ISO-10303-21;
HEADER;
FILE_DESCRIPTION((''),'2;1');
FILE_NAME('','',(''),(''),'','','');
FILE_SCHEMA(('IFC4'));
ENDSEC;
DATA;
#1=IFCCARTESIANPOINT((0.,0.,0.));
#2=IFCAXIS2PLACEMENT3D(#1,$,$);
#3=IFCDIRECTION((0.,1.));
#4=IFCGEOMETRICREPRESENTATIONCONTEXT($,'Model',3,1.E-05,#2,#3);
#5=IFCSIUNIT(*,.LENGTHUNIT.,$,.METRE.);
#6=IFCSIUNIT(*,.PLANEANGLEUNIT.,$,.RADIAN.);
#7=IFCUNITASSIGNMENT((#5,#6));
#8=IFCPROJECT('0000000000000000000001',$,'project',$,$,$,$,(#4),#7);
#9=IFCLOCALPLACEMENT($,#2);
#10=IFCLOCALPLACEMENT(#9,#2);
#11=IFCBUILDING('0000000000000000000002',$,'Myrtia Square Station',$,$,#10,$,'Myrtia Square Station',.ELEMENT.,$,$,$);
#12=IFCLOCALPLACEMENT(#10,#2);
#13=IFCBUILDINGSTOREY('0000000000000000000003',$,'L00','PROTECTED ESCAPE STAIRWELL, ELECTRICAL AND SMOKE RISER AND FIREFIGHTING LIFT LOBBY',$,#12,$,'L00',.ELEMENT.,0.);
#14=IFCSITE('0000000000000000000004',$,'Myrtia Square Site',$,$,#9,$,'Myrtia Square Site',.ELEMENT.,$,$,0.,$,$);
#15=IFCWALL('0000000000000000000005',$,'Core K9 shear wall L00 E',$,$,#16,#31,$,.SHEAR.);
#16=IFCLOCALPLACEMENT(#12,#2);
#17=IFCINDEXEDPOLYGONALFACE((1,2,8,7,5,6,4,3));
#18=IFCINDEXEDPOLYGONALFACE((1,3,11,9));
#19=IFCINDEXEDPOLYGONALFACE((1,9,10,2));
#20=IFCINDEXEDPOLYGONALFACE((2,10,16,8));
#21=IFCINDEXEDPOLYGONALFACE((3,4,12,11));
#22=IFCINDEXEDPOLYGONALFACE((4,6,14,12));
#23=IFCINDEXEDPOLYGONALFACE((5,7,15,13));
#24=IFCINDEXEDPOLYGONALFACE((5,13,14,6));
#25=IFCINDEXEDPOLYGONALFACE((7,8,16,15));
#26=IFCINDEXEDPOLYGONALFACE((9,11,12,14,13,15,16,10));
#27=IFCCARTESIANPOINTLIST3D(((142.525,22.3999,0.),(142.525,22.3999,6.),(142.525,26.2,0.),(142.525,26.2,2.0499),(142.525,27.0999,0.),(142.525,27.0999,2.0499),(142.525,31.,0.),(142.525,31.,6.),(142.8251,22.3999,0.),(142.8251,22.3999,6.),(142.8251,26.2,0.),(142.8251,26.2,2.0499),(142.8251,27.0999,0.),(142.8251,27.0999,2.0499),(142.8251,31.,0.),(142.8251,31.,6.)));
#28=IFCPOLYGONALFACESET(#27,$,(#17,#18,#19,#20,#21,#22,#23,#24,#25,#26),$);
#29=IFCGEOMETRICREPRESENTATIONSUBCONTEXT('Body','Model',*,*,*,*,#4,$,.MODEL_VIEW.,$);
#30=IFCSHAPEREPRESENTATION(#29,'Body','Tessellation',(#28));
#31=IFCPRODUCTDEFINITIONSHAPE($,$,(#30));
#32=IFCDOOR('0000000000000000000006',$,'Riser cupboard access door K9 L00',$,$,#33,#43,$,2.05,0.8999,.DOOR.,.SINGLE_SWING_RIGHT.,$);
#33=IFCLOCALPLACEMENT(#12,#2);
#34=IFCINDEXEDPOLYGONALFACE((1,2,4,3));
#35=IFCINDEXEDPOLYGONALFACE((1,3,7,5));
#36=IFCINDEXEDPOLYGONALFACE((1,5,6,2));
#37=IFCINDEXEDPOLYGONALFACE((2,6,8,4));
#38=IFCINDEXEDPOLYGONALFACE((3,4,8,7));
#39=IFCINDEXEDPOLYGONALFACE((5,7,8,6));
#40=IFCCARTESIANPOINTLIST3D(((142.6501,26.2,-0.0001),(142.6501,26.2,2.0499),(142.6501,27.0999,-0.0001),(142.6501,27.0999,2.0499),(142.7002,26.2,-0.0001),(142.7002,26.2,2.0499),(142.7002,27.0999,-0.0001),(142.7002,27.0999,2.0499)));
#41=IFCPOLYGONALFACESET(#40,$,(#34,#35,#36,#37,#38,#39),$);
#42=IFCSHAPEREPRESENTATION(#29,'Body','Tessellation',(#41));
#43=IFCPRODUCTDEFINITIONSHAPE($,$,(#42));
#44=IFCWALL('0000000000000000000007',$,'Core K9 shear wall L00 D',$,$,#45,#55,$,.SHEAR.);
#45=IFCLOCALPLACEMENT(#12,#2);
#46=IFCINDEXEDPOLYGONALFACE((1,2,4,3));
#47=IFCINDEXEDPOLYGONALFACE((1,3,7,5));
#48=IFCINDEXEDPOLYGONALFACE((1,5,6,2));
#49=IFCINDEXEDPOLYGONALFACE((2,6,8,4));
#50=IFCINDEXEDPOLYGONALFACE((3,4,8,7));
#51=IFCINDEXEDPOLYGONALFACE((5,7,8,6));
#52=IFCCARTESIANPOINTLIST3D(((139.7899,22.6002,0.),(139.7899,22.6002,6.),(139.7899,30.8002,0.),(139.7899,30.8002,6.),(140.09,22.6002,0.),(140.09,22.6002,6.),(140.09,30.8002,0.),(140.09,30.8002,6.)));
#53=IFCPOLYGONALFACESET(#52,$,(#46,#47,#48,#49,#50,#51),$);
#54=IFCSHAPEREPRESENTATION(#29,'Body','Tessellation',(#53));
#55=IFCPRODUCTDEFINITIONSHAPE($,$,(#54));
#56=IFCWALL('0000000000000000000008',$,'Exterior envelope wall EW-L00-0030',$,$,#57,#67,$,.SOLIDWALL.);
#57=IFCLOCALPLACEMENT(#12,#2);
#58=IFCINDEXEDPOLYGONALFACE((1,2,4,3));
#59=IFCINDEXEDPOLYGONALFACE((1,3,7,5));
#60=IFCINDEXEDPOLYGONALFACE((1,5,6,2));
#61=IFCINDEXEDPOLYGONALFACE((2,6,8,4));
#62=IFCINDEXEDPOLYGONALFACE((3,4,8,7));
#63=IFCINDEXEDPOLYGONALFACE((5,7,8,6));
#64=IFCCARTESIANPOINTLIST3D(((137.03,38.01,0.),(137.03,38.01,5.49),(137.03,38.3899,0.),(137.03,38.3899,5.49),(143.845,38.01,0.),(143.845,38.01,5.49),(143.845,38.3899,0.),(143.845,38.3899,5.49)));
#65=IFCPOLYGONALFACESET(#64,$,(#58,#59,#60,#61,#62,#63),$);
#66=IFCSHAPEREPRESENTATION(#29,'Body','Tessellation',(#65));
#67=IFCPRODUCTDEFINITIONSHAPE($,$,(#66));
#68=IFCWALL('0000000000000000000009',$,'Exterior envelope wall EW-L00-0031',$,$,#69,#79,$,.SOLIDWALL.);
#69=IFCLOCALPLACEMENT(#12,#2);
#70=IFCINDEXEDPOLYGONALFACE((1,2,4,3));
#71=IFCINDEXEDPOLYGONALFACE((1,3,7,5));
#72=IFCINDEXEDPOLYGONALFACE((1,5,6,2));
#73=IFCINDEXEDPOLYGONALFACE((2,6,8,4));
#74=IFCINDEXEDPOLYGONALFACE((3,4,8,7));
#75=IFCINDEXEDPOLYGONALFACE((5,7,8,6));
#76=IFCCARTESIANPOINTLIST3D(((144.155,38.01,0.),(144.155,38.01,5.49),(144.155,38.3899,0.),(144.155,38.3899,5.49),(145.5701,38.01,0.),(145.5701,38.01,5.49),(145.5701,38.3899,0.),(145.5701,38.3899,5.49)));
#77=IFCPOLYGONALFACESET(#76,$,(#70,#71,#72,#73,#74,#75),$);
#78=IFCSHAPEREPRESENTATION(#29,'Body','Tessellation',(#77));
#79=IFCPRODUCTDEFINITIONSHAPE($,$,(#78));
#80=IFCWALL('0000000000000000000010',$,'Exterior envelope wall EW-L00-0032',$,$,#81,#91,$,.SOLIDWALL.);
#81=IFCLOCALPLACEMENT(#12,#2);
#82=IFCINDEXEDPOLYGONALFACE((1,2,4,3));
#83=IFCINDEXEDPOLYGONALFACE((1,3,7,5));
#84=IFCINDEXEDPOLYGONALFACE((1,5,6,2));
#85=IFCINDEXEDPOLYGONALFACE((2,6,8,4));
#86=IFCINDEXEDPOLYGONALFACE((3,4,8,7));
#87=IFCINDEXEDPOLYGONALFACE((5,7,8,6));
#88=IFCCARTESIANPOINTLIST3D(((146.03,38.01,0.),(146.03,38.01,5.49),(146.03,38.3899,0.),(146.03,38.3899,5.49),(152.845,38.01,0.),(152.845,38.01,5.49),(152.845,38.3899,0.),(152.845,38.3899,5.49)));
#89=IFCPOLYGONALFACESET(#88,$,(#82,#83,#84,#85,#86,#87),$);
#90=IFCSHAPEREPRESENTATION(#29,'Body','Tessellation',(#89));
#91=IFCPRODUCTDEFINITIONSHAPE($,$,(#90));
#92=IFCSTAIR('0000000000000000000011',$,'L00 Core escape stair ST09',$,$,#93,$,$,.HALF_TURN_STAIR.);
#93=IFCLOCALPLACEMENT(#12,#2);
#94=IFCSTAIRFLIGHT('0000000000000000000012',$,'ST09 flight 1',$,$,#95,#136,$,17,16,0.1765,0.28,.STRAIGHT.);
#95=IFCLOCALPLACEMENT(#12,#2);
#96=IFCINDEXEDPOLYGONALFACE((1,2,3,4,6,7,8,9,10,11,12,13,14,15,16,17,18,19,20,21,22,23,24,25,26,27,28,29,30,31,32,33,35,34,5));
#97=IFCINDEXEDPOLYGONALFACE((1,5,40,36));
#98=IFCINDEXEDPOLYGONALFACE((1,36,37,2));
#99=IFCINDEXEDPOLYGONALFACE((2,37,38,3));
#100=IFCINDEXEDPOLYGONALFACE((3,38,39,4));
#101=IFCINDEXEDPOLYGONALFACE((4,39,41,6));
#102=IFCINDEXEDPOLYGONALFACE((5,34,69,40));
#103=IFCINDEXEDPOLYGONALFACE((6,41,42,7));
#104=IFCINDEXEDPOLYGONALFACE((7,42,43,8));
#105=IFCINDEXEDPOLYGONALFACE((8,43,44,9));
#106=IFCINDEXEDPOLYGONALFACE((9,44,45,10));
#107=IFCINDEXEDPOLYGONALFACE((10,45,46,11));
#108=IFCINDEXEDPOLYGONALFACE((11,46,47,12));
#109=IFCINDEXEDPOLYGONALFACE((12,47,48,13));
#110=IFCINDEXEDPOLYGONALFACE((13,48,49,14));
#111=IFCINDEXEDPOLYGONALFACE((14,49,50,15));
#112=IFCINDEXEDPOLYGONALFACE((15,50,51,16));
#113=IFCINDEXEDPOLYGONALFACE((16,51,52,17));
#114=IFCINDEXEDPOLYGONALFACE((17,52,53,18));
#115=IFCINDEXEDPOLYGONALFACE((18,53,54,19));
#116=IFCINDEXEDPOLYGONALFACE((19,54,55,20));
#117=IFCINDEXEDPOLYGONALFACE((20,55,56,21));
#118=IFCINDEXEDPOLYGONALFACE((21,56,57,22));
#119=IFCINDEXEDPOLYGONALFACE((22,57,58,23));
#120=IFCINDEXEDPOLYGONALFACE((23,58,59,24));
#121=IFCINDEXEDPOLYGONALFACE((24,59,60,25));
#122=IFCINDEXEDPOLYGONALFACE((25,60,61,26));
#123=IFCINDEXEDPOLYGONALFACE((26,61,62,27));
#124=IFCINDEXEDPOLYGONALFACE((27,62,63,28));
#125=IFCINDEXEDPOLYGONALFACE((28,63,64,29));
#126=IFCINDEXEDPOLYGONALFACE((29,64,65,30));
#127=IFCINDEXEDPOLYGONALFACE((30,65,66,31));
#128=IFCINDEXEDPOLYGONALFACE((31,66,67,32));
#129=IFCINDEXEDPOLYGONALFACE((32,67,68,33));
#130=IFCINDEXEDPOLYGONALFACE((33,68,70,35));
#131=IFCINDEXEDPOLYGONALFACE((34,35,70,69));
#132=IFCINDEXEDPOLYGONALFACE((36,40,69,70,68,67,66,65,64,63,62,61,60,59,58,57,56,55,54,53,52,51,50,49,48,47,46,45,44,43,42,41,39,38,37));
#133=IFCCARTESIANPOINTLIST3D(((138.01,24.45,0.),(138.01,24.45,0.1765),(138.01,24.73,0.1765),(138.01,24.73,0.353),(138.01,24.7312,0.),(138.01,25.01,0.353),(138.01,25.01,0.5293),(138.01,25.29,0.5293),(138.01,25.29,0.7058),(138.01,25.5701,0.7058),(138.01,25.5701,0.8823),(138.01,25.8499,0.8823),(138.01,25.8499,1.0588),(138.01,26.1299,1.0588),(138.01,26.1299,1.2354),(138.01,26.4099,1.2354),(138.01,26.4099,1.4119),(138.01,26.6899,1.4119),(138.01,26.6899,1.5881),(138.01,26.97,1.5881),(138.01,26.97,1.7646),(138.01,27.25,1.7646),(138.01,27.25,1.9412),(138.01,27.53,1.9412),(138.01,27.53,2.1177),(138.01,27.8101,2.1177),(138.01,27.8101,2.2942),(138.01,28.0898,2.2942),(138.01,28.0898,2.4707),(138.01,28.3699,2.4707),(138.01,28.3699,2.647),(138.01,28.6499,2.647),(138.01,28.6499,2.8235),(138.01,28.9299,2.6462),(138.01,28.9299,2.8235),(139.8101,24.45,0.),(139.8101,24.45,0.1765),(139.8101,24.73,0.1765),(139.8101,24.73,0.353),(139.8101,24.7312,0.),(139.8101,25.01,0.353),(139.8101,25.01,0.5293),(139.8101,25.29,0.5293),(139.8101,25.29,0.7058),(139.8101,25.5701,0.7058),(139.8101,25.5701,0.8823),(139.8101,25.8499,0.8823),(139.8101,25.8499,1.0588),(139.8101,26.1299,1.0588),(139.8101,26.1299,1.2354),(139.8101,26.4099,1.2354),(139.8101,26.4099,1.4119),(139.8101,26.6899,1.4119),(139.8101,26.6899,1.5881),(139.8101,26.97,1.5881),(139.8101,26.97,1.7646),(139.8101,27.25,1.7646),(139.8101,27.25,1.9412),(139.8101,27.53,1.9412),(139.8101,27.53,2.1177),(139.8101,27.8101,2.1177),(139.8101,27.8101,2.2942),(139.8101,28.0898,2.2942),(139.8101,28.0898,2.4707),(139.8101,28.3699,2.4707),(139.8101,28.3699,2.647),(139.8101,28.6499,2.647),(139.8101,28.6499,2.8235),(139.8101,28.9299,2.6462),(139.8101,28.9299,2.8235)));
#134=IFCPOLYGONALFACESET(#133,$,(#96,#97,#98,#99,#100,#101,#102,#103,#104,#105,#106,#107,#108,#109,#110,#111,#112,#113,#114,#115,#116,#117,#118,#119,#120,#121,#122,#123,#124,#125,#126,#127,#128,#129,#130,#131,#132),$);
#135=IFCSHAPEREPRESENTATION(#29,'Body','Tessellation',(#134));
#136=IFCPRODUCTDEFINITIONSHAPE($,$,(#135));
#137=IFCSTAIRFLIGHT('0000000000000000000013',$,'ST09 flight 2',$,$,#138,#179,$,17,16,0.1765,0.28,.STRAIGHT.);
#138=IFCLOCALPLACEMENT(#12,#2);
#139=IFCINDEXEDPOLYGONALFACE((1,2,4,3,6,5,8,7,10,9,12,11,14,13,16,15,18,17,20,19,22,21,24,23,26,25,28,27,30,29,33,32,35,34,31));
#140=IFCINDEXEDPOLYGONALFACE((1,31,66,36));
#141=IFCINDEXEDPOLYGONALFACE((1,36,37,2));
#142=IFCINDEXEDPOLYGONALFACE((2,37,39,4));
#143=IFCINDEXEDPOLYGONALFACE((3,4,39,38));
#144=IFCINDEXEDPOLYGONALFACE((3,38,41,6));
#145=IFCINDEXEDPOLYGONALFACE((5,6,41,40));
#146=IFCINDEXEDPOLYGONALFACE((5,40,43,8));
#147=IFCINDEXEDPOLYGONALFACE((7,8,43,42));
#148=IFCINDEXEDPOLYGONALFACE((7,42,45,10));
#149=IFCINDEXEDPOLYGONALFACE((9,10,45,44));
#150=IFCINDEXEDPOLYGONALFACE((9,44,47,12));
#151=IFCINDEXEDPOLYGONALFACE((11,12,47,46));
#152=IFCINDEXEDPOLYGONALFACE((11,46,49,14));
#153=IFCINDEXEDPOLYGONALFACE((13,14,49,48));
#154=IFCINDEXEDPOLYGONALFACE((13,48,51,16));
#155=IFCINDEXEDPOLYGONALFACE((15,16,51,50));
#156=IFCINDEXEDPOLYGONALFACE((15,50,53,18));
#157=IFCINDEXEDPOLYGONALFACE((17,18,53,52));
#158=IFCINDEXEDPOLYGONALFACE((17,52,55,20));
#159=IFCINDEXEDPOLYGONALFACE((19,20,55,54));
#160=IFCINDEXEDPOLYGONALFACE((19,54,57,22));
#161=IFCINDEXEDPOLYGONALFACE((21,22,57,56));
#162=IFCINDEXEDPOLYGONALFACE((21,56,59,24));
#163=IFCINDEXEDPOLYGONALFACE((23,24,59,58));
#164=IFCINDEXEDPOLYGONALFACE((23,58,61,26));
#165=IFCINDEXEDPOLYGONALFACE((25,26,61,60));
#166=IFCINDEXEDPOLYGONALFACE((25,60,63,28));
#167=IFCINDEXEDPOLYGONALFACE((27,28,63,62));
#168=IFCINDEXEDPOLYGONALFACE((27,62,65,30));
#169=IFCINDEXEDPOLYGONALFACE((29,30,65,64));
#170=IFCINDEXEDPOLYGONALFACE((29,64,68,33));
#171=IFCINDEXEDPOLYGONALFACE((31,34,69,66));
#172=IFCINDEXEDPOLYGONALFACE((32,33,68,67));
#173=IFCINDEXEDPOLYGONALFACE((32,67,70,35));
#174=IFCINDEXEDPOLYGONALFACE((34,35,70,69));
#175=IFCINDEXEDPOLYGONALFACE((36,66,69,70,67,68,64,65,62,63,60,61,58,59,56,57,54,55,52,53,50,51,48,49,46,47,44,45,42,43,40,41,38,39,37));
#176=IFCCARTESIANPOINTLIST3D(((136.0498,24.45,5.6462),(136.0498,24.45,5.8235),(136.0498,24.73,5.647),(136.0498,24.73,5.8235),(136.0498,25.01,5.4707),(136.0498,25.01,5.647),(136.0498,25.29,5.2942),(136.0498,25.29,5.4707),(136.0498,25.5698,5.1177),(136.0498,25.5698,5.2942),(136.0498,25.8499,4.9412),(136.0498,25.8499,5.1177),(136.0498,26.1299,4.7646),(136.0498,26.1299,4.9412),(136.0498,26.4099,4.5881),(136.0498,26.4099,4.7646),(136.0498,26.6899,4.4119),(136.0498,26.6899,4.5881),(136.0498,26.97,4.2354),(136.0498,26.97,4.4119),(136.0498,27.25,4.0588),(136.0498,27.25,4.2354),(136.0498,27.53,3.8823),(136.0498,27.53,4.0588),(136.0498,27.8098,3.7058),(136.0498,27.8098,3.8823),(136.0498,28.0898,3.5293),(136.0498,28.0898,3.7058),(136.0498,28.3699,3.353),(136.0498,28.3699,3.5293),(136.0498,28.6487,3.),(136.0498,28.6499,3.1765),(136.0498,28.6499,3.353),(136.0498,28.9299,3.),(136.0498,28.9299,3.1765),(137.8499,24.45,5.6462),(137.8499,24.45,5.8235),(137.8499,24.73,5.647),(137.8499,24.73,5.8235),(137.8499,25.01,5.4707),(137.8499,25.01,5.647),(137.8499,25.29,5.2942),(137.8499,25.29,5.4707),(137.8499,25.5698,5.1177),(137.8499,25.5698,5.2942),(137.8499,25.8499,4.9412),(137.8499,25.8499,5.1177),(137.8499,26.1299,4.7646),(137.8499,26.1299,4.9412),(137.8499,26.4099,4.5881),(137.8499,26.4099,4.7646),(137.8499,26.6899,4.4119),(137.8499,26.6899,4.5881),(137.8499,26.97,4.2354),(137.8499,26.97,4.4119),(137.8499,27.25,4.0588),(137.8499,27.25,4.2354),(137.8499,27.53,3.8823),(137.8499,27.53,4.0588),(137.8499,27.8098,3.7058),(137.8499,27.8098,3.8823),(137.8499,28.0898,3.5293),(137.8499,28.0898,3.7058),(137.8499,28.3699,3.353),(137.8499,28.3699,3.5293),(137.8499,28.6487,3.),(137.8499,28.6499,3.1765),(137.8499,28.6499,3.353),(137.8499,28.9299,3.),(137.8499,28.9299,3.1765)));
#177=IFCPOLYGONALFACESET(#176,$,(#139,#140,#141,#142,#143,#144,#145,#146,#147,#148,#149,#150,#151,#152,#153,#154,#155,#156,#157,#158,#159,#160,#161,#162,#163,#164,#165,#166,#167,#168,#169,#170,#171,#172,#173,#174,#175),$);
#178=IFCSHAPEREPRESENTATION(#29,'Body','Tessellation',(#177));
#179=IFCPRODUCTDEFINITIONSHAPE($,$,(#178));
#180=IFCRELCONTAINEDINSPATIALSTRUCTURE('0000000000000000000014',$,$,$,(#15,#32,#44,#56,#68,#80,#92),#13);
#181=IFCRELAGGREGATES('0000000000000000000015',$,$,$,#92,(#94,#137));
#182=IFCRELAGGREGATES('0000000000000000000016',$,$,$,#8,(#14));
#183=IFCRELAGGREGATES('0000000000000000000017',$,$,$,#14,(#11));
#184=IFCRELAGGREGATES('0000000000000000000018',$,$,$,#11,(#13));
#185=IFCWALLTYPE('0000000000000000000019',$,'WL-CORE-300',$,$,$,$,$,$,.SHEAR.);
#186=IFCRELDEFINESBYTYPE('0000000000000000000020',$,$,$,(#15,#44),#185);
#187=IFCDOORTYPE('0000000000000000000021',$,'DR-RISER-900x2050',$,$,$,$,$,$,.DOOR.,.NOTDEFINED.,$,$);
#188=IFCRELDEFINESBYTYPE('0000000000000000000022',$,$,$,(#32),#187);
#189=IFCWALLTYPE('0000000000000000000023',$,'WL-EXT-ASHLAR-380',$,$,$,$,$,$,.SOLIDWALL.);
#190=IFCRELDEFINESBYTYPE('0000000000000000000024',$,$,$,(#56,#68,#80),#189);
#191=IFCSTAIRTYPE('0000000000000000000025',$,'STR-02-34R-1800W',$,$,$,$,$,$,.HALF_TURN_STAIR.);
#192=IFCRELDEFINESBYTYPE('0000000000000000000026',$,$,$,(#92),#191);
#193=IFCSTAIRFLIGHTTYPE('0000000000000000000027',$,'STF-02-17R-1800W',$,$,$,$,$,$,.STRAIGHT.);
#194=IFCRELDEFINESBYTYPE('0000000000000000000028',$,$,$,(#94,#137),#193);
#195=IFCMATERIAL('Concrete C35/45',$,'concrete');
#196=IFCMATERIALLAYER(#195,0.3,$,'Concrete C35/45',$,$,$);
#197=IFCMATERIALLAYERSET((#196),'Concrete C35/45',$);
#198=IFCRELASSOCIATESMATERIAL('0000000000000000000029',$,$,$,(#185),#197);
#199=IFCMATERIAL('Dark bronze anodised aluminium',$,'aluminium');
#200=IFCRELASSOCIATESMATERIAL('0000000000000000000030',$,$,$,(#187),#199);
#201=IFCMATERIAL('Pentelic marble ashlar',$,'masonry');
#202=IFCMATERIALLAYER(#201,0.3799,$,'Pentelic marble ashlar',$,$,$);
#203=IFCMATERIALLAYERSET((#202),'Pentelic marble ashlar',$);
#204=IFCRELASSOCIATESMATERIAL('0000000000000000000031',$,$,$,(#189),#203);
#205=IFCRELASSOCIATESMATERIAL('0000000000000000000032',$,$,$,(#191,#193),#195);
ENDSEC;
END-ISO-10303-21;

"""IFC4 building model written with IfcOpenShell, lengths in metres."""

from ifc_helpers import new_model, si_unit, direction, frame, frame_2d, origin, place, context, subcontext, project, spatial, polyline, rectangle, outline, extrude, material, layer, layer_set, type_object, element, fill, aggregate, save


model = new_model("IFC4")

# Units and contexts
model_context = context("Model", 3, precision=1e-05, world=origin(), true_north=direction((0.0, 1.0)))
body_context = subcontext(model_context, "Body", "Model", "MODEL_VIEW")
ifc_project = project(units=[si_unit("LENGTHUNIT", "METRE"), si_unit("PLANEANGLEUNIT", "RADIAN")], contexts=[model_context])

# Site, building, storey
site_placement = place(None, origin())
site = spatial("IfcSite", under=ifc_project, at=site_placement, Name="Myrtia Square Site", LongName="Myrtia Square Site", CompositionType="ELEMENT", RefElevation=0.0)
building_placement = place(site_placement, origin())
building = spatial("IfcBuilding", under=site, at=building_placement, Name="Myrtia Square Station", LongName="Myrtia Square Station", CompositionType="ELEMENT")
storey_placement = place(building_placement, origin())
storey = spatial("IfcBuildingStorey", under=building, at=storey_placement, Name="L00", Description="PROTECTED ESCAPE STAIRWELL, ELECTRICAL AND SMOKE RISER AND FIREFIGHTING LIFT LOBBY", LongName="L00", CompositionType="ELEMENT", Elevation=0.0)

# Shared definitions
ifc_material_1 = material(Name="Concrete C35/45", Category="concrete")

# Shared definitions
ifc_layer_1 = layer(ifc_material_1, 0.3, Name="Concrete C35/45")
ifc_layer_set_1 = layer_set([ifc_layer_1], Name="Concrete C35/45")
wall_type_1 = type_object("IfcWallType", Name="WL-CORE-300", PredefinedType="SHEAR", material=ifc_layer_set_1)
ifc_material_2 = material(Name="Dark bronze anodised aluminium", Category="aluminium")

# Wall, opening, door
wall_1_placement = place(storey_placement, frame((142.675, 22.3999, 0.0), z_axis=(0.0, 0.0, 1.0), x_axis=(0.0, 1.0, 0.0)))
wall_1 = element("IfcWall", 1, at=wall_1_placement, inside=storey, type_object=wall_type_1, Name="Core K9 shear wall L00 E", PredefinedType="SHEAR", context=body_context, shape_type="SweptSolid", body=[
    extrude(rectangle(XDim=8.6001, YDim=0.3, at=frame_2d((4.3, 0.0))), origin(), (0.0, 0.0, 1.0), 6.0),
])
opening_1_placement = place(wall_1_placement, frame((3.8, 0.0, 0.0)))
opening_1 = element("IfcOpeningElement", 2, at=opening_1_placement, cuts=wall_1, PredefinedType="OPENING", context=body_context, shape_type="SweptSolid", body=[
    extrude(rectangle(XDim=0.8999, YDim=2.05, at=frame_2d((0.45, 1.0249))), frame((0.0, 0.165, 0.0), z_axis=(0.0, -1.0, 0.0), x_axis=(1.0, 0.0, 0.0)), (0.0, 0.0, 1.0), 0.3301),
])
door_type_1 = type_object("IfcDoorType", Name="DR-RISER-900x2050", OperationType="NOTDEFINED", PredefinedType="DOOR", material=ifc_material_2)
door_1_placement = place(opening_1_placement, origin())
door_1 = element("IfcDoor", 3, at=door_1_placement, inside=storey, type_object=door_type_1, Name="Riser cupboard access door K9 L00", OperationType="SINGLE_SWING_RIGHT", OverallHeight=2.05, OverallWidth=0.8999, PredefinedType="DOOR", context=body_context, shape_type="SweptSolid", body=[
    extrude(rectangle(XDim=0.8999, YDim=2.05, at=frame_2d((0.45, 1.0249))), frame((0.0, 0.0249, 0.0), z_axis=(0.0, -1.0, 0.0), x_axis=(1.0, 0.0, 0.0)), (0.0, 0.0, 1.0), 0.05),
])
fill(opening_1, door_1)

# Walls
wall_2_placement = place(storey_placement, frame((139.9399, 22.6001, 0.0), z_axis=(0.0, 0.0, 1.0), x_axis=(0.0, 1.0, 0.0)))
element("IfcWall", 4, at=wall_2_placement, inside=storey, type_object=wall_type_1, Name="Core K9 shear wall L00 D", PredefinedType="SHEAR", context=body_context, shape_type="SweptSolid", body=[
    extrude(rectangle(XDim=8.2, YDim=0.3, at=frame_2d((4.1001, 0.0))), origin(), (0.0, 0.0, 1.0), 6.0),
])
ifc_material_3 = material(Name="Pentelic marble ashlar", Category="masonry")
ifc_layer_2 = layer(ifc_material_3, 0.3799, Name="Pentelic marble ashlar")
ifc_layer_set_2 = layer_set([ifc_layer_2], Name="Pentelic marble ashlar")
wall_type_2 = type_object("IfcWallType", Name="WL-EXT-ASHLAR-380", PredefinedType="SOLIDWALL", material=ifc_layer_set_2)
wall_3_placement = place(storey_placement, frame((137.03, 38.2, 0.0), z_axis=(0.0, 0.0, 1.0), x_axis=(1.0, 0.0, 0.0)))
element("IfcWall", 5, at=wall_3_placement, inside=storey, type_object=wall_type_2, Name="Exterior envelope wall EW-L00-0030", PredefinedType="SOLIDWALL", context=body_context, shape_type="SweptSolid", body=[
    extrude(rectangle(XDim=6.8149, YDim=0.3799, at=frame_2d((3.4075, 0.0))), origin(), (0.0, 0.0, 1.0), 5.49),
])
wall_4_placement = place(storey_placement, frame((144.155, 38.2, 0.0), z_axis=(0.0, 0.0, 1.0), x_axis=(1.0, 0.0, 0.0)))
element("IfcWall", 6, at=wall_4_placement, inside=storey, type_object=wall_type_2, Name="Exterior envelope wall EW-L00-0031", PredefinedType="SOLIDWALL", context=body_context, shape_type="SweptSolid", body=[
    extrude(rectangle(XDim=1.415, YDim=0.3799, at=frame_2d((0.7075, 0.0))), origin(), (0.0, 0.0, 1.0), 5.49),
])
wall_5_placement = place(storey_placement, frame((146.03, 38.2, 0.0), z_axis=(0.0, 0.0, 1.0), x_axis=(1.0, 0.0, 0.0)))
element("IfcWall", 7, at=wall_5_placement, inside=storey, type_object=wall_type_2, Name="Exterior envelope wall EW-L00-0032", PredefinedType="SOLIDWALL", context=body_context, shape_type="SweptSolid", body=[
    extrude(rectangle(XDim=6.8149, YDim=0.3799, at=frame_2d((3.4075, 0.0))), origin(), (0.0, 0.0, 1.0), 5.49),
])

# Stair, stair flights
stair_type = type_object("IfcStairType", Name="STR-02-34R-1800W", PredefinedType="HALF_TURN_STAIR", material=ifc_material_1)
stair_placement = place(storey_placement, origin())
stair = element("IfcStair", 8, at=stair_placement, inside=storey, type_object=stair_type, Name="L00 Core escape stair ST09", PredefinedType="HALF_TURN_STAIR")
stair_flight_type = type_object("IfcStairFlightType", Name="STF-02-17R-1800W", PredefinedType="STRAIGHT", material=ifc_material_1)
stair_flight_1_placement = place(storey_placement, frame((138.9099, 24.45, 0.0), z_axis=(0.0, 0.0, 1.0), x_axis=(0.0, 1.0, 0.0)))
stair_flight_1 = element("IfcStairFlight", 9, at=stair_flight_1_placement, type_object=stair_flight_type, Name="ST09 flight 1", NumberOfRisers=17, NumberOfTreads=16, PredefinedType="STRAIGHT", RiserHeight=0.1765, TreadLength=0.28, context=body_context, shape_type="SweptSolid", body=[
    extrude(outline(polyline([(0.0, 0.0), (0.0, 0.1765), (0.28, 0.1765), (0.28, 0.353), (0.5601, 0.353), (0.5601, 0.5293), (0.8401, 0.5293), (0.8401, 0.7058), (1.1201, 0.7058), (1.1201, 0.8823), (1.3999, 0.8823), (1.3999, 1.0588), (1.6799, 1.0588), (1.6799, 1.2354), (1.96, 1.2354), (1.96, 1.4119), (2.24, 1.4119), (2.24, 1.5881), (2.52, 1.5881), (2.52, 1.7646), (2.8, 1.7646), (2.8, 1.9412), (3.0801, 1.9412), (3.0801, 2.1177), (3.3601, 2.1177), (3.3601, 2.2942), (3.6399, 2.2942), (3.6399, 2.4707), (3.9199, 2.4707), (3.9199, 2.647), (4.2, 2.647), (4.2, 2.8235), (4.48, 2.8235), (4.48, 3.0), (4.48, 2.6462), (0.2812, 0.0), (0.0, 0.0)])), frame((0.0, 0.8999, 0.0), z_axis=(0.0, -1.0, 0.0), x_axis=(1.0, 0.0, 0.0)), (0.0, 0.0, 1.0), 1.8),
])
stair_flight_2_placement = place(storey_placement, frame((136.95, 28.9299, 3.0), z_axis=(0.0, 0.0, 1.0), x_axis=(0.0, -1.0, 0.0)))
stair_flight_2 = element("IfcStairFlight", 10, at=stair_flight_2_placement, type_object=stair_flight_type, Name="ST09 flight 2", NumberOfRisers=17, NumberOfTreads=16, PredefinedType="STRAIGHT", RiserHeight=0.1765, TreadLength=0.28, context=body_context, shape_type="SweptSolid", body=[
    extrude(outline(polyline([(0.0, 0.0), (0.0, 0.1765), (0.28, 0.1765), (0.28, 0.353), (0.5601, 0.353), (0.5601, 0.5293), (0.8401, 0.5293), (0.8401, 0.7058), (1.1201, 0.7058), (1.1201, 0.8823), (1.3999, 0.8823), (1.3999, 1.0588), (1.6799, 1.0588), (1.6799, 1.2354), (1.96, 1.2354), (1.96, 1.4119), (2.24, 1.4119), (2.24, 1.5881), (2.52, 1.5881), (2.52, 1.7646), (2.8, 1.7646), (2.8, 1.9412), (3.0801, 1.9412), (3.0801, 2.1177), (3.3601, 2.1177), (3.3601, 2.2942), (3.6399, 2.2942), (3.6399, 2.4707), (3.9199, 2.4707), (3.9199, 2.647), (4.2, 2.647), (4.2, 2.8235), (4.48, 2.8235), (4.48, 3.0), (4.48, 2.6462), (0.2812, 0.0), (0.0, 0.0)])), frame((0.0, 0.8999, 0.0), z_axis=(0.0, -1.0, 0.0), x_axis=(1.0, 0.0, 0.0)), (0.0, 0.0, 1.0), 1.8),
])
aggregate(stair, [stair_flight_1, stair_flight_2])

save(model, "model.ifc")
